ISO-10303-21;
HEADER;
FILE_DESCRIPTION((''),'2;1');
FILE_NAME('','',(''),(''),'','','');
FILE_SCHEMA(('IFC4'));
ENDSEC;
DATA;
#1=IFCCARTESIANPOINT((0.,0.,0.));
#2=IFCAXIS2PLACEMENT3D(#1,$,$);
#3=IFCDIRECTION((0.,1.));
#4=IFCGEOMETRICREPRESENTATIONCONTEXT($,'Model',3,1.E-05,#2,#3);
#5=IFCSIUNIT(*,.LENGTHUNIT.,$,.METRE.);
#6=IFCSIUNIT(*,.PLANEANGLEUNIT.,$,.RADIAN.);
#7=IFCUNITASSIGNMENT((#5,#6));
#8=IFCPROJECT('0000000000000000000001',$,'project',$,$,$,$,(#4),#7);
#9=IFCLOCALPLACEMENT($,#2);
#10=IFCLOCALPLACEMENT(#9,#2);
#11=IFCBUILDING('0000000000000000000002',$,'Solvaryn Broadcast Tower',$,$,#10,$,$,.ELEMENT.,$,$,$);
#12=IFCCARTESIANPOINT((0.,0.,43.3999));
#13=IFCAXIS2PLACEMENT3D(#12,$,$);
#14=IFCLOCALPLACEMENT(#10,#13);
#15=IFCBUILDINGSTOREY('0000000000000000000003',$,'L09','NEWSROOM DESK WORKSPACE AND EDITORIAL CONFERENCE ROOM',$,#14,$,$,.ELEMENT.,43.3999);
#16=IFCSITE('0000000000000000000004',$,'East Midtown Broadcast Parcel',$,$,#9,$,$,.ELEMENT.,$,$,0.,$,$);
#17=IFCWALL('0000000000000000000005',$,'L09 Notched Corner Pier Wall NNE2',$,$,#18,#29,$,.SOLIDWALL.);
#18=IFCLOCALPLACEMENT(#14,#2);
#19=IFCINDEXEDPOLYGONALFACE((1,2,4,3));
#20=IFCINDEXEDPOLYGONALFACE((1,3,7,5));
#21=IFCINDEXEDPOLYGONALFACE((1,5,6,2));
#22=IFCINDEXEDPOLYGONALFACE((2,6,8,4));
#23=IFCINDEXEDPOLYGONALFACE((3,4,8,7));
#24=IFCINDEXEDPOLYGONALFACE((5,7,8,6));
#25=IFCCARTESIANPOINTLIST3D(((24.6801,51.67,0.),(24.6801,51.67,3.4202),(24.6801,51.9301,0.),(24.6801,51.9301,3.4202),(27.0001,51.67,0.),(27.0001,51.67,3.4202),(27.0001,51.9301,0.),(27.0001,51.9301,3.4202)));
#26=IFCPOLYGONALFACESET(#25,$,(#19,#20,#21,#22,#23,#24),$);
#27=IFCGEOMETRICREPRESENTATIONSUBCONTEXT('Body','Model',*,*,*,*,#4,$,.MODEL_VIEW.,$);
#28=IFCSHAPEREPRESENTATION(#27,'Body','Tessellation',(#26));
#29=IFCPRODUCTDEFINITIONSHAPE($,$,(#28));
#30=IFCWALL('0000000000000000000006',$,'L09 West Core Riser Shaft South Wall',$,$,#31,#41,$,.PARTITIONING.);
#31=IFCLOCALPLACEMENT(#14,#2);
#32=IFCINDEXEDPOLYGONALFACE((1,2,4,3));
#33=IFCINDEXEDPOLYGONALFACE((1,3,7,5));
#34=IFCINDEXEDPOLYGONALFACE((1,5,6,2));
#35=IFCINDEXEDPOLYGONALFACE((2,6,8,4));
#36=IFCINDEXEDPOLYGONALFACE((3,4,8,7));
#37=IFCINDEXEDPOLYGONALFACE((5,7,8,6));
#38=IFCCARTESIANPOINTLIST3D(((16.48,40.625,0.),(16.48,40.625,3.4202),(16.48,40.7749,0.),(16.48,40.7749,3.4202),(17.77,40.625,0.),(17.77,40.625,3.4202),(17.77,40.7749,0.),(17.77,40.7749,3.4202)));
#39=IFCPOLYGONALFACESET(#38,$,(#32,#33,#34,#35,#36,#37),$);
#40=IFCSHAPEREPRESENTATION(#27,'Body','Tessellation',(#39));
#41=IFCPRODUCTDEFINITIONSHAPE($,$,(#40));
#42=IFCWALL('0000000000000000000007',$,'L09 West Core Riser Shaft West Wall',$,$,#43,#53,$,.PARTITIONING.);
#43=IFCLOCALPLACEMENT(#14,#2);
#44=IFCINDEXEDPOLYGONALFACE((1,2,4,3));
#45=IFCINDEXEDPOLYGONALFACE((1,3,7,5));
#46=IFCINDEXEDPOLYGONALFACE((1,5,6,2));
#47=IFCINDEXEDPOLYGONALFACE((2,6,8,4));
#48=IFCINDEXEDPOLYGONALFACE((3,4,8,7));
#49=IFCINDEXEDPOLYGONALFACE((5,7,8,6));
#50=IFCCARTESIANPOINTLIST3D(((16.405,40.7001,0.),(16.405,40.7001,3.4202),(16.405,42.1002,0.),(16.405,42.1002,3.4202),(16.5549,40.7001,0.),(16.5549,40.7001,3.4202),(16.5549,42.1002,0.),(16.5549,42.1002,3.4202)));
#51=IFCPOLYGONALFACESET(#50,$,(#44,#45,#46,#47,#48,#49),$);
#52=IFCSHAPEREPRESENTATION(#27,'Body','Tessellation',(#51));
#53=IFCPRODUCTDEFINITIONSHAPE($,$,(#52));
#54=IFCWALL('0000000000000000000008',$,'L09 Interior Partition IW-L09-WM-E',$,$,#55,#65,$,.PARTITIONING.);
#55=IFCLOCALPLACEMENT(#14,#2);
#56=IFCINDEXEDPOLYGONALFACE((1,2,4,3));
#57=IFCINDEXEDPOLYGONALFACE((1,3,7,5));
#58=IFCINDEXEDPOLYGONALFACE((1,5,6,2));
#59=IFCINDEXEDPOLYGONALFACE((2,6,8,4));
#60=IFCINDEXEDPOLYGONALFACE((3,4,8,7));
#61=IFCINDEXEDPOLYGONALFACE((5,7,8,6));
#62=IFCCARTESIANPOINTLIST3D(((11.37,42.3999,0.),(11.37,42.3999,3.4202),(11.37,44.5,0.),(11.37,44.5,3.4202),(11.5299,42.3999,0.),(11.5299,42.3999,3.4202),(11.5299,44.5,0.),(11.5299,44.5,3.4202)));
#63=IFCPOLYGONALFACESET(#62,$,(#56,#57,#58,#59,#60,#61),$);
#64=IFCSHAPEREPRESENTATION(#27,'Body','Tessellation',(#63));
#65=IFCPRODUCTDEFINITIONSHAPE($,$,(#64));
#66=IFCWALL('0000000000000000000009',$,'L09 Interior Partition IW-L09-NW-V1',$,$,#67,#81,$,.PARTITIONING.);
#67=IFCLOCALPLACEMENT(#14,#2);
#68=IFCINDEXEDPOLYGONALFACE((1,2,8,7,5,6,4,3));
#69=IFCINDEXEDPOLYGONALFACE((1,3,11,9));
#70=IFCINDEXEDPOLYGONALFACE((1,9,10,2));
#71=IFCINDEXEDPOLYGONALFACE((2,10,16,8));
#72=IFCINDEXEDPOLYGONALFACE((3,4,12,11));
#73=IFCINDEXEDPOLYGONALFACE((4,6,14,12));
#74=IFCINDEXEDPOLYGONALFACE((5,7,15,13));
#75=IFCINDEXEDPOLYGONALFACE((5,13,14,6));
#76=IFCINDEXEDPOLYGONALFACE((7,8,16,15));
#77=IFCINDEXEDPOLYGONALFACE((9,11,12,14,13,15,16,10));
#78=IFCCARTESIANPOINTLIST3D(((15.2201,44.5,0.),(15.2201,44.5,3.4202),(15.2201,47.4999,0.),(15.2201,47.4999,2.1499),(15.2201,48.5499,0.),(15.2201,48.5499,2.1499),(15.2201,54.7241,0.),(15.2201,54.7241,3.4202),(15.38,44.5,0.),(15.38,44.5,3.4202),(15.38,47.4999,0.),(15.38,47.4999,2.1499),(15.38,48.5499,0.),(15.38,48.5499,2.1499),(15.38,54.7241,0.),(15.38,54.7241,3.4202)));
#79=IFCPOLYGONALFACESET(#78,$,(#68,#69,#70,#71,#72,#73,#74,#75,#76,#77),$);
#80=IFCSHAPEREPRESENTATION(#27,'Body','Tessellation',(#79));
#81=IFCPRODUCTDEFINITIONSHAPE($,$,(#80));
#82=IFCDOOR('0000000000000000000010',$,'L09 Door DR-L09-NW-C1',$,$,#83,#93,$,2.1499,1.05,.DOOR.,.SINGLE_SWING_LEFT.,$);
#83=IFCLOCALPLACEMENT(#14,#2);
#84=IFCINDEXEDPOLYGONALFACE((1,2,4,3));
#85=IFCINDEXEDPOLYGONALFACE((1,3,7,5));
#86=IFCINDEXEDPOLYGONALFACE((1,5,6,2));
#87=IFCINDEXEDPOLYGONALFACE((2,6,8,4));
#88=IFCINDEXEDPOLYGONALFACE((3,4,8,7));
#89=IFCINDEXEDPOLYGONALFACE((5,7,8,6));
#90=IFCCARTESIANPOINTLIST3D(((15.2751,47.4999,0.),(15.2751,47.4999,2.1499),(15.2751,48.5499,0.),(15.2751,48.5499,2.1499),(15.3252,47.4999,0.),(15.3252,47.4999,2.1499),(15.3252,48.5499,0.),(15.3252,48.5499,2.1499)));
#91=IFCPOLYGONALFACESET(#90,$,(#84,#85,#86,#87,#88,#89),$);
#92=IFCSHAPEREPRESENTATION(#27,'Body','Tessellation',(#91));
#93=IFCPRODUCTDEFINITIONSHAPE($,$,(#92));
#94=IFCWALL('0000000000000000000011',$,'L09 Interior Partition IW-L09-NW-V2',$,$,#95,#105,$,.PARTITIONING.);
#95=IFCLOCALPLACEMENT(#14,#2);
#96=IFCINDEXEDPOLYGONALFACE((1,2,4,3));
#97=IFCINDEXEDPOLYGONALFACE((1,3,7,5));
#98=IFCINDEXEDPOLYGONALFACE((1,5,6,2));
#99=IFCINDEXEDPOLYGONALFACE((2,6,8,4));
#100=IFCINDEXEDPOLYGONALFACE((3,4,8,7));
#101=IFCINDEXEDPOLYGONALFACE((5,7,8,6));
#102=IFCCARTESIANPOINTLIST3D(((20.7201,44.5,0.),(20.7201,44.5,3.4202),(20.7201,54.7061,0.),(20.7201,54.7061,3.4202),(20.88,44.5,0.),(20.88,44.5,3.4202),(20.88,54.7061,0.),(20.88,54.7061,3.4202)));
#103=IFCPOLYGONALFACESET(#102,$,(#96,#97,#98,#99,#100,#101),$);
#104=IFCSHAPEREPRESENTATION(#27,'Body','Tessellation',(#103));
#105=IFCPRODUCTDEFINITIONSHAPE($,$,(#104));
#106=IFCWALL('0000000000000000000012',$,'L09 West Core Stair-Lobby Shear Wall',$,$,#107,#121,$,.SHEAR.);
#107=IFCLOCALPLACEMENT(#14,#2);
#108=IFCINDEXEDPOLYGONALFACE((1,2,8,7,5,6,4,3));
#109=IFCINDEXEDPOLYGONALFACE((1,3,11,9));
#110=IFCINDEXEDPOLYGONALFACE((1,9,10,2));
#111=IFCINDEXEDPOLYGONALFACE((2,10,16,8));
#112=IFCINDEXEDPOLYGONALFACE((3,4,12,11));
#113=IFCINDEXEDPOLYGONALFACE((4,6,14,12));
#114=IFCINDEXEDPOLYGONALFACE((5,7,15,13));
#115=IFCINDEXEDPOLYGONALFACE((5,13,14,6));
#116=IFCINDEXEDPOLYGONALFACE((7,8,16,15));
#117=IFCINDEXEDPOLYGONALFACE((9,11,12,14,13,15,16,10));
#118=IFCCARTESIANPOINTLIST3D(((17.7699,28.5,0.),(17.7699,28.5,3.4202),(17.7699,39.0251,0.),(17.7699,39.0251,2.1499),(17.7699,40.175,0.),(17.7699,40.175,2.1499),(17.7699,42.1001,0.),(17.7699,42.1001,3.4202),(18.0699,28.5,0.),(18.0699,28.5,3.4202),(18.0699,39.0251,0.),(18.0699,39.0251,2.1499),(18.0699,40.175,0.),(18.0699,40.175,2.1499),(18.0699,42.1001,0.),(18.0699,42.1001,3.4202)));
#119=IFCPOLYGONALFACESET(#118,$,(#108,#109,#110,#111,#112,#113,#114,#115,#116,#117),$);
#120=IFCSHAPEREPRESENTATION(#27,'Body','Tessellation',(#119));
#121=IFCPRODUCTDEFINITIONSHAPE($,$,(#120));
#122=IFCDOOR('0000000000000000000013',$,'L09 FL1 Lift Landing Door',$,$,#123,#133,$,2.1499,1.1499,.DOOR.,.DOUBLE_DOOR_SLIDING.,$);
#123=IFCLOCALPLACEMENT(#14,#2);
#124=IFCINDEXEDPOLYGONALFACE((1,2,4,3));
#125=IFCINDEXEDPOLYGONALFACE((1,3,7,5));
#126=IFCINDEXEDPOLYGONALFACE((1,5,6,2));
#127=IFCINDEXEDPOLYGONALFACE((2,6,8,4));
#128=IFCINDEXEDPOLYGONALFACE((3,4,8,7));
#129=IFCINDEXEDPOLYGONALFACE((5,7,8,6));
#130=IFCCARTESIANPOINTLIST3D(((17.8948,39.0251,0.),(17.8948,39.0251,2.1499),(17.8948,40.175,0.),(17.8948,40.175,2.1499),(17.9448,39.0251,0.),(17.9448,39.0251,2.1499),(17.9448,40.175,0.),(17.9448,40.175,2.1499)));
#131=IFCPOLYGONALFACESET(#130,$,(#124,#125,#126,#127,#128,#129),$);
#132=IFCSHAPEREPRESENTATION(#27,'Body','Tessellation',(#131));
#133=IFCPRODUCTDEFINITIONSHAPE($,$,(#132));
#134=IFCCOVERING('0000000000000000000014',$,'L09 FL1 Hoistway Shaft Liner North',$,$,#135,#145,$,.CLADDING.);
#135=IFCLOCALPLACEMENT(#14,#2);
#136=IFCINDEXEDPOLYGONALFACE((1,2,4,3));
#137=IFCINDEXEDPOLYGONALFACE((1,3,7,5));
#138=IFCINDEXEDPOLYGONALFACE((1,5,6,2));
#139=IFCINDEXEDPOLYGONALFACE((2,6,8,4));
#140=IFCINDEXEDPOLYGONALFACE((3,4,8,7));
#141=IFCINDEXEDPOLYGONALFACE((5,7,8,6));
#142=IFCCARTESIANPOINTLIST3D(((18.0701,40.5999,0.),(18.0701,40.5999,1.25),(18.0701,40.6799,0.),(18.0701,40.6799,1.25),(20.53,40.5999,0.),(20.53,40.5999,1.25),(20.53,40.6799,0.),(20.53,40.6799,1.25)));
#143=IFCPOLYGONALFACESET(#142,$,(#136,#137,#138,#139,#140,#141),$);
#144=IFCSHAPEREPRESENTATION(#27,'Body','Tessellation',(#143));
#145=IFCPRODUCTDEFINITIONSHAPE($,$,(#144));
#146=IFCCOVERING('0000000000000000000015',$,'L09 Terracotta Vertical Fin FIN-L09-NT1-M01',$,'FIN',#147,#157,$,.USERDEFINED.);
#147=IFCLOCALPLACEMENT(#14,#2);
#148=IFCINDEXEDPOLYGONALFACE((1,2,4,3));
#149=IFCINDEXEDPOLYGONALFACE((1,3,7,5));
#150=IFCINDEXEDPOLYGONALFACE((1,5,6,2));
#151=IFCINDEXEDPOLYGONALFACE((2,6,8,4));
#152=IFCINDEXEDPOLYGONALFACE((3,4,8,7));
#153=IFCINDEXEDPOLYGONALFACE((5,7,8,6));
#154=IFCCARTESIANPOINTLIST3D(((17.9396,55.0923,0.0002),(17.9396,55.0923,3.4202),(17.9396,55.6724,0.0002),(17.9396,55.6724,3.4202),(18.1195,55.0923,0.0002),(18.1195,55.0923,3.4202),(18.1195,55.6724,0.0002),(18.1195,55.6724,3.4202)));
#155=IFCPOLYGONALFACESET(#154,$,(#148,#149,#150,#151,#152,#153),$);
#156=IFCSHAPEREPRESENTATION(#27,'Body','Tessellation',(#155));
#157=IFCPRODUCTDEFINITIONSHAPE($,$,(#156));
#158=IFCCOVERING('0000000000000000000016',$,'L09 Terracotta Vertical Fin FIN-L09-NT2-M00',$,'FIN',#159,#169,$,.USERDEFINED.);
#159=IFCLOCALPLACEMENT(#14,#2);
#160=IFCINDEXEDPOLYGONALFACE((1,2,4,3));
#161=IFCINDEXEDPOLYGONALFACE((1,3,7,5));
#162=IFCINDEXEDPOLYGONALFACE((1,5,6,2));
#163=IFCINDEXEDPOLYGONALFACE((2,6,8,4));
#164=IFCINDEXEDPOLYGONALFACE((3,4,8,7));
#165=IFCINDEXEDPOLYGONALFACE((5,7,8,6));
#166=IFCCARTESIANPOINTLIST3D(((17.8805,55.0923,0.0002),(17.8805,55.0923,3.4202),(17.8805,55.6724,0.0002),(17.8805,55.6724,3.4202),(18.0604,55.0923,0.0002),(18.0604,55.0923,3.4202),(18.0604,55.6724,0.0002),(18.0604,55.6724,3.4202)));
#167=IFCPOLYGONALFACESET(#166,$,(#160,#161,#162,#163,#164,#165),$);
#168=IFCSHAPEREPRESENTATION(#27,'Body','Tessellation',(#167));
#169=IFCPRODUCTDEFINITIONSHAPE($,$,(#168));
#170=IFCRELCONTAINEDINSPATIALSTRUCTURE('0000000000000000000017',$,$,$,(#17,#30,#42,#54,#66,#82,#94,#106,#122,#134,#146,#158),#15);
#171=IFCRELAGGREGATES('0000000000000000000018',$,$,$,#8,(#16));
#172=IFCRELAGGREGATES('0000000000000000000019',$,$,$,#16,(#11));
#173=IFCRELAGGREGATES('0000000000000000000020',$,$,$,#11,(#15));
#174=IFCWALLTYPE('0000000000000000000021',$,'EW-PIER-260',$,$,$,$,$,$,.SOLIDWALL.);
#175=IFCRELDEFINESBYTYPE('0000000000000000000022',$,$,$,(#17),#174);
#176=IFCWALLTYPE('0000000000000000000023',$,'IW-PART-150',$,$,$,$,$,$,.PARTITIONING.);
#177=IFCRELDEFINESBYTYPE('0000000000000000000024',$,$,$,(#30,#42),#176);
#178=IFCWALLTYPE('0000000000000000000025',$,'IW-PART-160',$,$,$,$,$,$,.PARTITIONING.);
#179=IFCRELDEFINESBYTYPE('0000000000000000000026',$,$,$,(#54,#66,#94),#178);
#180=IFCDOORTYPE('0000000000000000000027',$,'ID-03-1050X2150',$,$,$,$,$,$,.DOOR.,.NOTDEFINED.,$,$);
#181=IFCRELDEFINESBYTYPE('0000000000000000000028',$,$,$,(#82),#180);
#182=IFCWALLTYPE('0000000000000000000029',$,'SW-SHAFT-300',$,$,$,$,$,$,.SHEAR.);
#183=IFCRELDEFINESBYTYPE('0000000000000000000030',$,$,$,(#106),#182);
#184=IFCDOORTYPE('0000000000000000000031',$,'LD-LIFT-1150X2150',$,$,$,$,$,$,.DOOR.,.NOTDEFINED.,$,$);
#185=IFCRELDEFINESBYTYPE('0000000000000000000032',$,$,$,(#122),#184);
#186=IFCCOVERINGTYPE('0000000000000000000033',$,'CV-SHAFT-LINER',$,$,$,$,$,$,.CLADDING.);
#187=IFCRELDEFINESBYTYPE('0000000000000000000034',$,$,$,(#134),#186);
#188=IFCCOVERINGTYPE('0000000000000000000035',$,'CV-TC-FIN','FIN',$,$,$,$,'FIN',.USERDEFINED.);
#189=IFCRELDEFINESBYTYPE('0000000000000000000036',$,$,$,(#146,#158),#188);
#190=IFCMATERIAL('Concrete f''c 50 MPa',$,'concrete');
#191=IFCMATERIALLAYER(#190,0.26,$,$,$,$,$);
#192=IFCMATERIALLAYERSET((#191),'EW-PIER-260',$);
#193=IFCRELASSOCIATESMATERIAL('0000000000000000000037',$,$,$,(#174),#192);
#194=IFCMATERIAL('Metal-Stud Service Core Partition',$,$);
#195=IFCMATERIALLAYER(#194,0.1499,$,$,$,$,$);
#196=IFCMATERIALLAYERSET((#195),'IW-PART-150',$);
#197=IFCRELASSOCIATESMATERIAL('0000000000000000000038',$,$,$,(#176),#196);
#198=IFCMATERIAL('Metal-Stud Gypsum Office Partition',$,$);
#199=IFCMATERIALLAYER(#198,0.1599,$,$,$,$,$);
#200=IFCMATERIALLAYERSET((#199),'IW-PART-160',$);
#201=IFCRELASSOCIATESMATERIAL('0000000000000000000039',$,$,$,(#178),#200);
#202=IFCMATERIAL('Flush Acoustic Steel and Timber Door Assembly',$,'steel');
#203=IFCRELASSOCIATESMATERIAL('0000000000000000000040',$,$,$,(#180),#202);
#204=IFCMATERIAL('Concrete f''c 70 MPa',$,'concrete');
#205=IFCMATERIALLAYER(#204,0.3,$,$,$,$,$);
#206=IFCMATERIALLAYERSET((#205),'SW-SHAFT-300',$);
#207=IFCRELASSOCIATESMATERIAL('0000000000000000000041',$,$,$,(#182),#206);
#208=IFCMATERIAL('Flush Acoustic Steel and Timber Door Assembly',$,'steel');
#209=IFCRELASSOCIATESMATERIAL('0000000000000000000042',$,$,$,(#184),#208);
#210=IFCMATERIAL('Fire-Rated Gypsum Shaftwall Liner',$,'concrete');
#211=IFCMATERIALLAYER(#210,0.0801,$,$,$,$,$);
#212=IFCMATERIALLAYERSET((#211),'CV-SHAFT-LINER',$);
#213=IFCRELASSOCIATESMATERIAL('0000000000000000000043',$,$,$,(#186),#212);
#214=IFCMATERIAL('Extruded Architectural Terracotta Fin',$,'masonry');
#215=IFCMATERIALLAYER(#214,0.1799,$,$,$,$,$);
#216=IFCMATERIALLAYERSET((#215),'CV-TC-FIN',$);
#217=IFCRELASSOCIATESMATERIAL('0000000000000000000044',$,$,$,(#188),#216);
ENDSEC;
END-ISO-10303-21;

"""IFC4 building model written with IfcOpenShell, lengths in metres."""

from ifc_helpers import new_model, si_unit, direction, frame, frame_2d, origin, origin_2d, place, context, subcontext, project, spatial, rectangle, extrude, material, layer, layer_set, type_object, element, fill, save


model = new_model("IFC4")

# Units and contexts
model_context = context("Model", 3, precision=1e-05, world=origin(), true_north=direction((0.0, 1.0)))
body_context = subcontext(model_context, "Body", "Model", "MODEL_VIEW")
ifc_project = project(units=[si_unit("LENGTHUNIT", "METRE"), si_unit("PLANEANGLEUNIT", "RADIAN")], contexts=[model_context])

# Site, building, storey
site_placement = place(None, origin())
site = spatial("IfcSite", under=ifc_project, at=site_placement, Name="East Midtown Broadcast Parcel", CompositionType="ELEMENT", RefElevation=0.0)
building_placement = place(site_placement, origin())
building = spatial("IfcBuilding", under=site, at=building_placement, Name="Solvaryn Broadcast Tower", CompositionType="ELEMENT")
storey_placement = place(building_placement, frame((0.0, 0.0, 43.3999)))
storey = spatial("IfcBuildingStorey", under=building, at=storey_placement, Name="L09", Description="NEWSROOM DESK WORKSPACE AND EDITORIAL CONFERENCE ROOM", CompositionType="ELEMENT", Elevation=43.3999)

# Walls
ifc_material_1 = material(Name="Concrete f'c 50 MPa", Category="concrete")
ifc_layer_1 = layer(ifc_material_1, 0.26)
ifc_layer_set_1 = layer_set([ifc_layer_1], Name="EW-PIER-260")
wall_type_1 = type_object("IfcWallType", Name="EW-PIER-260", PredefinedType="SOLIDWALL", material=ifc_layer_set_1)
wall_1_placement = place(storey_placement, frame((24.6799, 51.8, 0.0), z_axis=(0.0, 0.0, 1.0), x_axis=(1.0, 0.0, 0.0)))
element("IfcWall", 1, at=wall_1_placement, inside=storey, type_object=wall_type_1, Name="L09 Notched Corner Pier Wall NNE2", PredefinedType="SOLIDWALL", context=body_context, shape_type="SweptSolid", body=[
    extrude(rectangle(XDim=2.3201, YDim=0.26, at=frame_2d((1.1602, 0.0))), origin(), (0.0, 0.0, 1.0), 3.4202),
])
ifc_material_2 = material(Name="Metal-Stud Service Core Partition")
ifc_layer_2 = layer(ifc_material_2, 0.1499)
ifc_layer_set_2 = layer_set([ifc_layer_2], Name="IW-PART-150")
wall_type_2 = type_object("IfcWallType", Name="IW-PART-150", PredefinedType="PARTITIONING", material=ifc_layer_set_2)
wall_2_placement = place(storey_placement, frame((16.48, 40.7, 0.0), z_axis=(0.0, 0.0, 1.0), x_axis=(1.0, 0.0, 0.0)))
element("IfcWall", 2, at=wall_2_placement, inside=storey, type_object=wall_type_2, Name="L09 West Core Riser Shaft South Wall", PredefinedType="PARTITIONING", context=body_context, shape_type="SweptSolid", body=[
    extrude(rectangle(XDim=1.29, YDim=0.1499, at=frame_2d((0.645, 0.0))), origin(), (0.0, 0.0, 1.0), 3.4202),
])
wall_3_placement = place(storey_placement, frame((16.48, 40.7, 0.0), z_axis=(0.0, 0.0, 1.0), x_axis=(0.0, 1.0, 0.0)))
element("IfcWall", 3, at=wall_3_placement, inside=storey, type_object=wall_type_2, Name="L09 West Core Riser Shaft West Wall", PredefinedType="PARTITIONING", context=body_context, shape_type="SweptSolid", body=[
    extrude(rectangle(XDim=1.4001, YDim=0.1499, at=frame_2d((0.7002, 0.0))), origin(), (0.0, 0.0, 1.0), 3.4202),
])
ifc_material_3 = material(Name="Metal-Stud Gypsum Office Partition")
ifc_layer_3 = layer(ifc_material_3, 0.1599)
ifc_layer_set_3 = layer_set([ifc_layer_3], Name="IW-PART-160")
wall_type_3 = type_object("IfcWallType", Name="IW-PART-160", PredefinedType="PARTITIONING", material=ifc_layer_set_3)
wall_4_placement = place(storey_placement, frame((11.45, 42.3999, 0.0), z_axis=(0.0, 0.0, 1.0), x_axis=(0.0, 1.0, 0.0)))
element("IfcWall", 4, at=wall_4_placement, inside=storey, type_object=wall_type_3, Name="L09 Interior Partition IW-L09-WM-E", PredefinedType="PARTITIONING", context=body_context, shape_type="SweptSolid", body=[
    extrude(rectangle(XDim=2.1001, YDim=0.1599, at=frame_2d((1.05, 0.0))), origin(), (0.0, 0.0, 1.0), 3.4202),
])

# Wall, opening, door
wall_5_placement = place(storey_placement, frame((15.3, 44.5, 0.0), z_axis=(0.0, 0.0, 1.0), x_axis=(0.0, 1.0, 0.0)))
wall_5 = element("IfcWall", 5, at=wall_5_placement, inside=storey, type_object=wall_type_3, Name="L09 Interior Partition IW-L09-NW-V1", PredefinedType="PARTITIONING", context=body_context, shape_type="SweptSolid", body=[
    extrude(rectangle(XDim=10.2241, YDim=0.1599, at=frame_2d((5.1121, 0.0))), origin(), (0.0, 0.0, 1.0), 3.4202),
])
opening_1_placement = place(wall_5_placement, frame((3.0, 0.0, 0.0)))
opening_1 = element("IfcOpeningElement", 6, at=opening_1_placement, cuts=wall_5, PredefinedType="OPENING", context=body_context, shape_type="SweptSolid", body=[
    extrude(rectangle(XDim=1.05, YDim=2.1499, at=frame_2d((0.5249, 1.075))), frame((0.0, 0.0901, 0.0), z_axis=(0.0, -1.0, 0.0), x_axis=(1.0, 0.0, 0.0)), (0.0, 0.0, 1.0), 0.1799),
])
ifc_material_4 = material(Name="Flush Acoustic Steel and Timber Door Assembly", Category="steel")
door_type_1 = type_object("IfcDoorType", Name="ID-03-1050X2150", OperationType="NOTDEFINED", PredefinedType="DOOR", material=ifc_material_4)
door_1_placement = place(opening_1_placement, origin())
door_1 = element("IfcDoor", 7, at=door_1_placement, inside=storey, type_object=door_type_1, Name="L09 Door DR-L09-NW-C1", OperationType="SINGLE_SWING_LEFT", OverallHeight=2.1499, OverallWidth=1.05, PredefinedType="DOOR", context=body_context, shape_type="SweptSolid", body=[
    extrude(rectangle(XDim=1.05, YDim=2.1499, at=frame_2d((0.5249, 1.075))), frame((0.0, 0.0249, 0.0), z_axis=(0.0, -1.0, 0.0), x_axis=(1.0, 0.0, 0.0)), (0.0, 0.0, 1.0), 0.05),
])
fill(opening_1, door_1)

# Wall
wall_6_placement = place(storey_placement, frame((20.8, 44.5, 0.0), z_axis=(0.0, 0.0, 1.0), x_axis=(0.0, 1.0, 0.0)))
element("IfcWall", 8, at=wall_6_placement, inside=storey, type_object=wall_type_3, Name="L09 Interior Partition IW-L09-NW-V2", PredefinedType="PARTITIONING", context=body_context, shape_type="SweptSolid", body=[
    extrude(rectangle(XDim=10.2061, YDim=0.1599, at=frame_2d((5.103, 0.0))), origin(), (0.0, 0.0, 1.0), 3.4202),
])

# Wall, opening, door
ifc_material_5 = material(Name="Concrete f'c 70 MPa", Category="concrete")
ifc_layer_4 = layer(ifc_material_5, 0.3)
ifc_layer_set_4 = layer_set([ifc_layer_4], Name="SW-SHAFT-300")
wall_type_4 = type_object("IfcWallType", Name="SW-SHAFT-300", PredefinedType="SHEAR", material=ifc_layer_set_4)
wall_7_placement = place(storey_placement, frame((17.9199, 42.1001, 0.0), z_axis=(0.0, 0.0, 1.0), x_axis=(0.0, -1.0, 0.0)))
wall_7 = element("IfcWall", 9, at=wall_7_placement, inside=storey, type_object=wall_type_4, Name="L09 West Core Stair-Lobby Shear Wall", PredefinedType="SHEAR", context=body_context, shape_type="SweptSolid", body=[
    extrude(rectangle(XDim=13.6001, YDim=0.3, at=frame_2d((6.8, 0.0))), origin(), (0.0, 0.0, 1.0), 3.4202),
])
opening_2_placement = place(wall_7_placement, frame((1.925, 0.0, 0.0)))
opening_2 = element("IfcOpeningElement", 10, at=opening_2_placement, cuts=wall_7, PredefinedType="OPENING", context=body_context, shape_type="SweptSolid", body=[
    extrude(rectangle(XDim=1.1499, YDim=2.1499, at=frame_2d((0.575, 1.075))), frame((0.0, 0.1599, 0.0), z_axis=(0.0, -1.0, 0.0), x_axis=(1.0, 0.0, 0.0)), (0.0, 0.0, 1.0), 0.3201),
])
ifc_material_6 = material(Name="Flush Acoustic Steel and Timber Door Assembly", Category="steel")
door_type_2 = type_object("IfcDoorType", Name="LD-LIFT-1150X2150", OperationType="NOTDEFINED", PredefinedType="DOOR", material=ifc_material_6)
door_2_placement = place(opening_2_placement, origin())
door_2 = element("IfcDoor", 11, at=door_2_placement, inside=storey, type_object=door_type_2, Name="L09 FL1 Lift Landing Door", OperationType="DOUBLE_DOOR_SLIDING", OverallHeight=2.1499, OverallWidth=1.1499, PredefinedType="DOOR", context=body_context, shape_type="SweptSolid", body=[
    extrude(rectangle(XDim=1.1499, YDim=2.1499, at=frame_2d((0.575, 1.075))), frame((0.0, 0.0249, 0.0), z_axis=(0.0, -1.0, 0.0), x_axis=(1.0, 0.0, 0.0)), (0.0, 0.0, 1.0), 0.05),
])
fill(opening_2, door_2)

# Coverings
ifc_material_7 = material(Name="Fire-Rated Gypsum Shaftwall Liner", Category="concrete")
ifc_layer_5 = layer(ifc_material_7, 0.0801)
ifc_layer_set_5 = layer_set([ifc_layer_5], Name="CV-SHAFT-LINER")
covering_type_1 = type_object("IfcCoveringType", Name="CV-SHAFT-LINER", PredefinedType="CLADDING", material=ifc_layer_set_5)
covering_placement = place(storey_placement, frame((19.3, 40.6399, 0.0), z_axis=(0.0, 0.0, 1.0), x_axis=(1.0, 0.0, 0.0)))
element("IfcCovering", 12, at=covering_placement, inside=storey, type_object=covering_type_1, Name="L09 FL1 Hoistway Shaft Liner North", PredefinedType="CLADDING", context=body_context, shape_type="SweptSolid", body=[
    extrude(rectangle(XDim=2.46, YDim=0.0801, at=origin_2d()), origin(), (0.0, 0.0, 1.0), 1.25),
])
ifc_material_8 = material(Name="Extruded Architectural Terracotta Fin", Category="masonry")
ifc_layer_6 = layer(ifc_material_8, 0.1799)
ifc_layer_set_6 = layer_set([ifc_layer_6], Name="CV-TC-FIN")
covering_type_2 = type_object("IfcCoveringType", Name="CV-TC-FIN", Description="FIN", ElementType="FIN", PredefinedType="USERDEFINED", material=ifc_layer_set_6)
for number, where, z_axis, x_axis, name in (
    (13, (18.0295, 55.3823, 0.0002), (0.0, 0.0, 1.0), (1.0, 0.0, 0.0), "L09 Terracotta Vertical Fin FIN-L09-NT1-M01"),
    (14, (17.9705, 55.3823, 0.0002), (0.0, 0.0, 1.0), (1.0, 0.0, 0.0), "L09 Terracotta Vertical Fin FIN-L09-NT2-M00"),
):
    element("IfcCovering", number, at=place(storey_placement, frame(where, z_axis=z_axis, x_axis=x_axis)), inside=storey, type_object=covering_type_2, Name=name, ObjectType="FIN", PredefinedType="USERDEFINED", context=body_context, shape_type="SweptSolid", body=[
        extrude(rectangle(XDim=0.1799, YDim=0.5801, at=origin_2d()), origin(), (0.0, 0.0, 1.0), 3.4199),
    ])

save(model, "model.ifc")
